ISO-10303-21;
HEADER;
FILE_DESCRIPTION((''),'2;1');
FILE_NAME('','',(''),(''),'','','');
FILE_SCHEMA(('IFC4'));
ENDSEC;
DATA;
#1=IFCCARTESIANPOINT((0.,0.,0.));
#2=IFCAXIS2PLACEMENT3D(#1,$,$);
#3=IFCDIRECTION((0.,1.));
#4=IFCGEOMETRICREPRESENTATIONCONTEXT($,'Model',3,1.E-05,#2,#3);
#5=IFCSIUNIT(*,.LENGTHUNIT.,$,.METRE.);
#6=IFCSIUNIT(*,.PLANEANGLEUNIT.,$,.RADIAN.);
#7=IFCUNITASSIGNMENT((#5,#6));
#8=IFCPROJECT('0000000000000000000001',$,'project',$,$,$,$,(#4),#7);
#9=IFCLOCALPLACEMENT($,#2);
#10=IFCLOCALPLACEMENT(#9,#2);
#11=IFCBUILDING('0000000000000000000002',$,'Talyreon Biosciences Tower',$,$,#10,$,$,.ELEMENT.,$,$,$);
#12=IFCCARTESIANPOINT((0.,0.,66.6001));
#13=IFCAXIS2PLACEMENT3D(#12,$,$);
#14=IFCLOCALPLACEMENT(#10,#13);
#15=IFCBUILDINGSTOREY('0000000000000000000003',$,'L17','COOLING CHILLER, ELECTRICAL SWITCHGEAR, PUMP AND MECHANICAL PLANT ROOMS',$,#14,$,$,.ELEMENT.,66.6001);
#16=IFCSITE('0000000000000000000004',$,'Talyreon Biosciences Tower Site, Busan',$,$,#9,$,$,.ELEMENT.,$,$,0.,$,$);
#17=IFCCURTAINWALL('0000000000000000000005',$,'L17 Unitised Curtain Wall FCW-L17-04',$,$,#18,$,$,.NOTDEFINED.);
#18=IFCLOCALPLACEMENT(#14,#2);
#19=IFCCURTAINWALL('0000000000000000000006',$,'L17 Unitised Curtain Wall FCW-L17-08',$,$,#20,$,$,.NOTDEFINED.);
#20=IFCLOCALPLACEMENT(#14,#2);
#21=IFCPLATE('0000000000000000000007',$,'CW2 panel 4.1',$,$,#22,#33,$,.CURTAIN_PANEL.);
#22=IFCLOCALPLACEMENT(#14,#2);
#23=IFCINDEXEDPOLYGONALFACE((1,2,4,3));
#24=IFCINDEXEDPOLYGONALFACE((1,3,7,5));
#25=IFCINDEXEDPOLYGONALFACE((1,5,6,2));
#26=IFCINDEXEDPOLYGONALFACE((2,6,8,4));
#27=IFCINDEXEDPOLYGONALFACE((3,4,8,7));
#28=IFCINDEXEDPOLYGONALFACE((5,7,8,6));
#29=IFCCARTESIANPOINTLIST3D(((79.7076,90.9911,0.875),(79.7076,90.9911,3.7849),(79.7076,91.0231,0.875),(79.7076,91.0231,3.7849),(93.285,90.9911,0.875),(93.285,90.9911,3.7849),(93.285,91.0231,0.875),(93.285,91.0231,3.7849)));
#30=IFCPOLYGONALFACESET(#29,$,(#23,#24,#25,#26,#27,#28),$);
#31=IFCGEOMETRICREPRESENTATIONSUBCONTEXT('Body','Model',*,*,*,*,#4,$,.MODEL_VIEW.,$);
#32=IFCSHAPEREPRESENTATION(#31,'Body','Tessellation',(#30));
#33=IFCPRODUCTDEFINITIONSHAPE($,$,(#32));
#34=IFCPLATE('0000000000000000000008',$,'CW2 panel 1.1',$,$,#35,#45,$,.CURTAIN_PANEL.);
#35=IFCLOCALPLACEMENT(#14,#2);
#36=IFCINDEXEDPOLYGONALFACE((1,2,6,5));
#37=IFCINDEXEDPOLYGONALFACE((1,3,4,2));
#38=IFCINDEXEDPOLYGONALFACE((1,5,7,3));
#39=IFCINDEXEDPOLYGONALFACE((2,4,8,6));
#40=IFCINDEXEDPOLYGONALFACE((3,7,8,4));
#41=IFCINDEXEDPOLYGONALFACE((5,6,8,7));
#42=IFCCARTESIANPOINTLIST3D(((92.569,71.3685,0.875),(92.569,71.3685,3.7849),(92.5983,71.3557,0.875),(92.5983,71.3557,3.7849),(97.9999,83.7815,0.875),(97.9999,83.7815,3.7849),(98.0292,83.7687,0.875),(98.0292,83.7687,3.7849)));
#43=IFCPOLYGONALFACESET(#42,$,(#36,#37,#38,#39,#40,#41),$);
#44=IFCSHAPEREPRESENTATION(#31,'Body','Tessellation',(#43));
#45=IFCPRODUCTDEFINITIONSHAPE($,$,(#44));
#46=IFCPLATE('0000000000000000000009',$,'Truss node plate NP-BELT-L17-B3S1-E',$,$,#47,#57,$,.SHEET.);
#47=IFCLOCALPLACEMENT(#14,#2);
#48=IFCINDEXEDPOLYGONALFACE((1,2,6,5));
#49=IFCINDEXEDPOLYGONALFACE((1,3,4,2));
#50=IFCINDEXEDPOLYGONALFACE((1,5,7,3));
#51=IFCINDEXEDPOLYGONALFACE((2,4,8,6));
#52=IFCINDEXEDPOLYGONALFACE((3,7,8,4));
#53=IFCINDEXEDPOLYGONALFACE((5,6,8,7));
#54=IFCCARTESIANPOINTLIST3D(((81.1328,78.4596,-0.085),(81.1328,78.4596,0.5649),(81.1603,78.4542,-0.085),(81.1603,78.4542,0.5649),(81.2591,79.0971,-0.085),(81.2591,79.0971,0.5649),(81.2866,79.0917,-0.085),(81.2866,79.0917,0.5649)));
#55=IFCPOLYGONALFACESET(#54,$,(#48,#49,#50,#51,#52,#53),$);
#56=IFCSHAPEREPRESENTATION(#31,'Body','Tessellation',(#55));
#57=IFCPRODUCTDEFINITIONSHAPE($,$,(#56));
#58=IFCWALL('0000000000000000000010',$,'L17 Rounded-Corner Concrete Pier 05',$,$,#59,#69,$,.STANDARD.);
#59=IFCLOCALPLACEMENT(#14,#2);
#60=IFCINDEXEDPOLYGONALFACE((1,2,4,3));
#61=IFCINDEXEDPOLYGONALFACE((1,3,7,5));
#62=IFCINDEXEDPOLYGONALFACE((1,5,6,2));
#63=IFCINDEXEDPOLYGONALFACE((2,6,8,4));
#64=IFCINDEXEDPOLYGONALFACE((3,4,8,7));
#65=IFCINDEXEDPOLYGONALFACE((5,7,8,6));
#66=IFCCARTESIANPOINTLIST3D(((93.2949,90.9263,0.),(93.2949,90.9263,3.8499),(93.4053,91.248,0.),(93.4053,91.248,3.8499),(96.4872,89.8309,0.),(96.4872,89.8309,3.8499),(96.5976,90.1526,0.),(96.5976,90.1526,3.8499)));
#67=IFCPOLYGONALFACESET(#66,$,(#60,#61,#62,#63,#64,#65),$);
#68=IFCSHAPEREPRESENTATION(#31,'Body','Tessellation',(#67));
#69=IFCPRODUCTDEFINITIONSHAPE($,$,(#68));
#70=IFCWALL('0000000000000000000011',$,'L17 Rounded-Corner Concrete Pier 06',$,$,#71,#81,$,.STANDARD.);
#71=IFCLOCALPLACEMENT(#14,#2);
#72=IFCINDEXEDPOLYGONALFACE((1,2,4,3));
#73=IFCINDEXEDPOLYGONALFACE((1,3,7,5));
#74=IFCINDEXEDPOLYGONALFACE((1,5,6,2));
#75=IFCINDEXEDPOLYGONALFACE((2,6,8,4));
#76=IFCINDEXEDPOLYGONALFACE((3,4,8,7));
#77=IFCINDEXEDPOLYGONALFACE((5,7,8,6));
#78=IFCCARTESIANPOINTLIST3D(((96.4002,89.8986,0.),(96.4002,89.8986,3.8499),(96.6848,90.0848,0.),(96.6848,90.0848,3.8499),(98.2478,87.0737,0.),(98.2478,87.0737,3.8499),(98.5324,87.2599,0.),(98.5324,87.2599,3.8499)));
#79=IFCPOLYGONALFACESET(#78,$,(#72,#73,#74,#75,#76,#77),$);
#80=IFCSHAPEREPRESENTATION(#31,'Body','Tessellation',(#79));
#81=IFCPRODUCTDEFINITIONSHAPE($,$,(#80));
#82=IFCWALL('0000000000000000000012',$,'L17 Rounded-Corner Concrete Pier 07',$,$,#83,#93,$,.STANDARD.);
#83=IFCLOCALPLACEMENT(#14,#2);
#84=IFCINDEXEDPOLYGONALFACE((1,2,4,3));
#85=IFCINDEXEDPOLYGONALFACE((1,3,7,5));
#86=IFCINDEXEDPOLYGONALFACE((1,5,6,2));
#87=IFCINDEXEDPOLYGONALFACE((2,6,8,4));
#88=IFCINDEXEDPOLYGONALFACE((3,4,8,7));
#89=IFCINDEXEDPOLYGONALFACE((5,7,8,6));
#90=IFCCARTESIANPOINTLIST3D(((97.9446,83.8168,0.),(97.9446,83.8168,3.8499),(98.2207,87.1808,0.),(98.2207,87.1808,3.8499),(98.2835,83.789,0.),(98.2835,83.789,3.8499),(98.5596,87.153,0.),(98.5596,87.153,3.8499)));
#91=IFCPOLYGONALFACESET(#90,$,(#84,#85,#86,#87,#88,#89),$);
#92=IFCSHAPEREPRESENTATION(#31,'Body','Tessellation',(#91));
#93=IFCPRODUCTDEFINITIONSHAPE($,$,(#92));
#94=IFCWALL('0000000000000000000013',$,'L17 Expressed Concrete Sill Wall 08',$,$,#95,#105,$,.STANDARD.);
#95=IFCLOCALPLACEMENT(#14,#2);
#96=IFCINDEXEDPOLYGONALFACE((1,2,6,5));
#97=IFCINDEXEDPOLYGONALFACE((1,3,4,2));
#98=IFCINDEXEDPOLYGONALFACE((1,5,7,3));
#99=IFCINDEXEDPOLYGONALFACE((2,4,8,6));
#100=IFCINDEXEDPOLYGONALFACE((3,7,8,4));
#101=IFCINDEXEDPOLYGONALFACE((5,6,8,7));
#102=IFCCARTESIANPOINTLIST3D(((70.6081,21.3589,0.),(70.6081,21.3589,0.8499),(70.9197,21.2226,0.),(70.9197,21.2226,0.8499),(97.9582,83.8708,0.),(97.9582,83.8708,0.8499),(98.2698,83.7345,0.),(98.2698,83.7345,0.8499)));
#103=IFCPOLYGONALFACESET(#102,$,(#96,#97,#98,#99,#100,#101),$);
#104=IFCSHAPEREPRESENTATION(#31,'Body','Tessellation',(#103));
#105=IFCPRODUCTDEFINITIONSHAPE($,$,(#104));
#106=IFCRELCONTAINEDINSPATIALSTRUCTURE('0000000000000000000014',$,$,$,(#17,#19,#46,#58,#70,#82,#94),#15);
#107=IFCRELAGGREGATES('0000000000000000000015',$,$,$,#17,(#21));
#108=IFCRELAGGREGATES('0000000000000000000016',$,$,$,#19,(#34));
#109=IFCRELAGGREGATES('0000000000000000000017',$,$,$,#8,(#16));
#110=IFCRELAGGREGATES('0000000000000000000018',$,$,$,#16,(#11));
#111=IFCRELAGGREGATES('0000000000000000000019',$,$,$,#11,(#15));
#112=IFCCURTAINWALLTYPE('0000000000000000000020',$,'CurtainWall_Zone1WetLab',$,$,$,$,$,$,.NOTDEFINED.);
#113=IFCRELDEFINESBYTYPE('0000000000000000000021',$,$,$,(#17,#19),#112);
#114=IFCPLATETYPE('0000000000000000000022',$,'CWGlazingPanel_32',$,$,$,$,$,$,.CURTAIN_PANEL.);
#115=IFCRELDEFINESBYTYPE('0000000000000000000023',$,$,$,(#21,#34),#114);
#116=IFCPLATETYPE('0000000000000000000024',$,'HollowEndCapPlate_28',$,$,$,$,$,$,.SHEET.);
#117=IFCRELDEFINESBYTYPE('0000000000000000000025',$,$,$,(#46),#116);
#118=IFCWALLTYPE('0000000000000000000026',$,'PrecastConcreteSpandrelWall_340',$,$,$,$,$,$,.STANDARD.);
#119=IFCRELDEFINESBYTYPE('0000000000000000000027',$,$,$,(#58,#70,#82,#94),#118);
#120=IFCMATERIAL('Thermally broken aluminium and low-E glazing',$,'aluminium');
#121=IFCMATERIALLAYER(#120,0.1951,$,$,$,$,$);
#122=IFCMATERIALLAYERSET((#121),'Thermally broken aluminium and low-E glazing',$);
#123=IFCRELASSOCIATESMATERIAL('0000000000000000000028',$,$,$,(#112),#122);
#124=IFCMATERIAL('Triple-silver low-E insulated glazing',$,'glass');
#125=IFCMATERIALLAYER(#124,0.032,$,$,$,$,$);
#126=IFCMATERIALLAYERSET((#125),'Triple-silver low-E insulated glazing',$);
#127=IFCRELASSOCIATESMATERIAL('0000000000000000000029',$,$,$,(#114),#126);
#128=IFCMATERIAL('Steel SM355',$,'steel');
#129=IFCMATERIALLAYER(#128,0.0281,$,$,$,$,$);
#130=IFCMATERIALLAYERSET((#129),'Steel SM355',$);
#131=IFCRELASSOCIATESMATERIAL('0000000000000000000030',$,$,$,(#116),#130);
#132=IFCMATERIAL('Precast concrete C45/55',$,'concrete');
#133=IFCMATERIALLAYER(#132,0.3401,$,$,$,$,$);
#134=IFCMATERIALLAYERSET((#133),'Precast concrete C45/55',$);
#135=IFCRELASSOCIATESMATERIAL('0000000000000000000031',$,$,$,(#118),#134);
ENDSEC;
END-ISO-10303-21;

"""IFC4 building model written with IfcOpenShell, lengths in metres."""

from ifc_helpers import new_model, si_unit, direction, frame, frame_2d, origin, origin_2d, place, context, subcontext, project, spatial, rectangle, extrude, material, layer, layer_set, type_object, element, aggregate, save


model = new_model("IFC4")

# Units and contexts
model_context = context("Model", 3, precision=1e-05, world=origin(), true_north=direction((0.0, 1.0)))
body_context = subcontext(model_context, "Body", "Model", "MODEL_VIEW")
ifc_project = project(units=[si_unit("LENGTHUNIT", "METRE"), si_unit("PLANEANGLEUNIT", "RADIAN")], contexts=[model_context])

# Site, building, storey
site_placement = place(None, origin())
site = spatial("IfcSite", under=ifc_project, at=site_placement, Name="Talyreon Biosciences Tower Site, Busan", CompositionType="ELEMENT", RefElevation=0.0)
building_placement = place(site_placement, origin())
building = spatial("IfcBuilding", under=site, at=building_placement, Name="Talyreon Biosciences Tower", CompositionType="ELEMENT")
storey_placement = place(building_placement, frame((0.0, 0.0, 66.6001)))
storey = spatial("IfcBuildingStorey", under=building, at=storey_placement, Name="L17", Description="COOLING CHILLER, ELECTRICAL SWITCHGEAR, PUMP AND MECHANICAL PLANT ROOMS", CompositionType="ELEMENT", Elevation=66.6001)

# Shared definitions
ifc_material_1 = material(Name="Steel SM355", Category="steel")

# Curtain wall
ifc_material_2 = material(Name="Thermally broken aluminium and low-E glazing", Category="aluminium")
ifc_layer_1 = layer(ifc_material_2, 0.1951)
ifc_layer_set_1 = layer_set([ifc_layer_1], Name="Thermally broken aluminium and low-E glazing")
curtain_wall_type = type_object("IfcCurtainWallType", Name="CurtainWall_Zone1WetLab", PredefinedType="NOTDEFINED", material=ifc_layer_set_1)
curtain_wall_1_placement = place(storey_placement, origin())
curtain_wall_1 = element("IfcCurtainWall", 1, at=curtain_wall_1_placement, inside=storey, type_object=curtain_wall_type, Name="L17 Unitised Curtain Wall FCW-L17-04", PredefinedType="NOTDEFINED")

# Curtain wall
curtain_wall_2_placement = place(storey_placement, origin())
curtain_wall_2 = element("IfcCurtainWall", 2, at=curtain_wall_2_placement, inside=storey, type_object=curtain_wall_type, Name="L17 Unitised Curtain Wall FCW-L17-08", PredefinedType="NOTDEFINED")

# Shared definitions
ifc_material_3 = material(Name="Precast concrete C45/55", Category="concrete")

# Plates
ifc_material_4 = material(Name="Triple-silver low-E insulated glazing", Category="glass")
ifc_layer_2 = layer(ifc_material_4, 0.032)
ifc_layer_set_2 = layer_set([ifc_layer_2], Name="Triple-silver low-E insulated glazing")
plate_type_1 = type_object("IfcPlateType", Name="CWGlazingPanel_32", PredefinedType="CURTAIN_PANEL", material=ifc_layer_set_2)
plate_1_placement = place(storey_placement, frame((86.4963, 91.0071, 0.875), z_axis=(0.0, 0.0, 1.0), x_axis=(1.0, 0.0, 0.0)))
plate_1 = element("IfcPlate", 3, at=plate_1_placement, type_object=plate_type_1, Name="CW2 panel 4.1", PredefinedType="CURTAIN_PANEL", context=body_context, shape_type="SweptSolid", body=[
    extrude(rectangle(XDim=13.5774, YDim=0.032, at=origin_2d()), origin(), (0.0, 0.0, 1.0), 2.9099),
])
aggregate(curtain_wall_1, [plate_1])
plate_2_placement = place(storey_placement, frame((95.2991, 77.5686, 0.875), z_axis=(0.0, 0.0, 1.0), x_axis=(-0.400831, -0.916152, 0.0)))
plate_2 = element("IfcPlate", 4, at=plate_2_placement, type_object=plate_type_1, Name="CW2 panel 1.1", PredefinedType="CURTAIN_PANEL", context=body_context, shape_type="SweptSolid", body=[
    extrude(rectangle(XDim=13.5491, YDim=0.032, at=origin_2d()), origin(), (0.0, 0.0, 1.0), 2.9099),
])
aggregate(curtain_wall_2, [plate_2])
ifc_layer_3 = layer(ifc_material_1, 0.0281)
ifc_layer_set_3 = layer_set([ifc_layer_3], Name="Steel SM355")
plate_type_2 = type_object("IfcPlateType", Name="HollowEndCapPlate_28", PredefinedType="SHEET", material=ifc_layer_set_3)
plate_3_placement = place(storey_placement, frame((81.2097, 78.7756, -0.085), z_axis=(0.0, 0.0, 1.0), x_axis=(-0.194337, -0.980935, 0.0)))
element("IfcPlate", 5, at=plate_3_placement, inside=storey, type_object=plate_type_2, Name="Truss node plate NP-BELT-L17-B3S1-E", PredefinedType="SHEET", context=body_context, shape_type="SweptSolid", body=[
    extrude(rectangle(XDim=0.6499, YDim=0.0281, at=origin_2d()), origin(), (0.0, 0.0, 1.0), 0.6499),
])

# Walls
ifc_layer_4 = layer(ifc_material_3, 0.3401)
ifc_layer_set_4 = layer_set([ifc_layer_4], Name="Precast concrete C45/55")
wall_type = type_object("IfcWallType", Name="PrecastConcreteSpandrelWall_340", PredefinedType="STANDARD", material=ifc_layer_set_4)
wall_1_placement = place(storey_placement, frame((93.3501, 91.0872, 0.0), z_axis=(0.0, 0.0, 1.0), x_axis=(0.945862, -0.32457, 0.0)))
element("IfcWall", 6, at=wall_1_placement, inside=storey, type_object=wall_type, Name="L17 Rounded-Corner Concrete Pier 05", PredefinedType="STANDARD", context=body_context, shape_type="SweptSolid", body=[
    extrude(rectangle(XDim=3.375, YDim=0.3401, at=frame_2d((1.6875, 0.0))), origin(), (0.0, 0.0, 1.0), 3.8499),
])
wall_2_placement = place(storey_placement, frame((96.5425, 89.9917, 0.0), z_axis=(0.0, 0.0, 1.0), x_axis=(0.547368, -0.836892, 0.0)))
element("IfcWall", 7, at=wall_2_placement, inside=storey, type_object=wall_type, Name="L17 Rounded-Corner Concrete Pier 06", PredefinedType="STANDARD", context=body_context, shape_type="SweptSolid", body=[
    extrude(rectangle(XDim=3.3755, YDim=0.3401, at=frame_2d((1.6877, 0.0))), origin(), (0.0, 0.0, 1.0), 3.8499),
])
wall_3_placement = place(storey_placement, frame((98.3901, 87.1667, 0.0), z_axis=(0.0, 0.0, 1.0), x_axis=(-0.081806, -0.996648, 0.0)))
element("IfcWall", 8, at=wall_3_placement, inside=storey, type_object=wall_type, Name="L17 Rounded-Corner Concrete Pier 07", PredefinedType="STANDARD", context=body_context, shape_type="SweptSolid", body=[
    extrude(rectangle(XDim=3.3752, YDim=0.3401, at=frame_2d((1.6875, 0.0))), origin(), (0.0, 0.0, 1.0), 3.8499),
])
wall_4_placement = place(storey_placement, frame((98.114, 83.8027, 0.0), z_axis=(0.0, 0.0, 1.0), x_axis=(-0.400833, -0.916151, 0.0)))
element("IfcWall", 9, at=wall_4_placement, inside=storey, type_object=wall_type, Name="L17 Expressed Concrete Sill Wall 08", PredefinedType="STANDARD", context=body_context, shape_type="SweptSolid", body=[
    extrude(rectangle(XDim=68.2332, YDim=0.3401, at=frame_2d((34.1167, 0.0))), origin(), (0.0, 0.0, 1.0), 0.8499),
])

save(model, "model.ifc")
